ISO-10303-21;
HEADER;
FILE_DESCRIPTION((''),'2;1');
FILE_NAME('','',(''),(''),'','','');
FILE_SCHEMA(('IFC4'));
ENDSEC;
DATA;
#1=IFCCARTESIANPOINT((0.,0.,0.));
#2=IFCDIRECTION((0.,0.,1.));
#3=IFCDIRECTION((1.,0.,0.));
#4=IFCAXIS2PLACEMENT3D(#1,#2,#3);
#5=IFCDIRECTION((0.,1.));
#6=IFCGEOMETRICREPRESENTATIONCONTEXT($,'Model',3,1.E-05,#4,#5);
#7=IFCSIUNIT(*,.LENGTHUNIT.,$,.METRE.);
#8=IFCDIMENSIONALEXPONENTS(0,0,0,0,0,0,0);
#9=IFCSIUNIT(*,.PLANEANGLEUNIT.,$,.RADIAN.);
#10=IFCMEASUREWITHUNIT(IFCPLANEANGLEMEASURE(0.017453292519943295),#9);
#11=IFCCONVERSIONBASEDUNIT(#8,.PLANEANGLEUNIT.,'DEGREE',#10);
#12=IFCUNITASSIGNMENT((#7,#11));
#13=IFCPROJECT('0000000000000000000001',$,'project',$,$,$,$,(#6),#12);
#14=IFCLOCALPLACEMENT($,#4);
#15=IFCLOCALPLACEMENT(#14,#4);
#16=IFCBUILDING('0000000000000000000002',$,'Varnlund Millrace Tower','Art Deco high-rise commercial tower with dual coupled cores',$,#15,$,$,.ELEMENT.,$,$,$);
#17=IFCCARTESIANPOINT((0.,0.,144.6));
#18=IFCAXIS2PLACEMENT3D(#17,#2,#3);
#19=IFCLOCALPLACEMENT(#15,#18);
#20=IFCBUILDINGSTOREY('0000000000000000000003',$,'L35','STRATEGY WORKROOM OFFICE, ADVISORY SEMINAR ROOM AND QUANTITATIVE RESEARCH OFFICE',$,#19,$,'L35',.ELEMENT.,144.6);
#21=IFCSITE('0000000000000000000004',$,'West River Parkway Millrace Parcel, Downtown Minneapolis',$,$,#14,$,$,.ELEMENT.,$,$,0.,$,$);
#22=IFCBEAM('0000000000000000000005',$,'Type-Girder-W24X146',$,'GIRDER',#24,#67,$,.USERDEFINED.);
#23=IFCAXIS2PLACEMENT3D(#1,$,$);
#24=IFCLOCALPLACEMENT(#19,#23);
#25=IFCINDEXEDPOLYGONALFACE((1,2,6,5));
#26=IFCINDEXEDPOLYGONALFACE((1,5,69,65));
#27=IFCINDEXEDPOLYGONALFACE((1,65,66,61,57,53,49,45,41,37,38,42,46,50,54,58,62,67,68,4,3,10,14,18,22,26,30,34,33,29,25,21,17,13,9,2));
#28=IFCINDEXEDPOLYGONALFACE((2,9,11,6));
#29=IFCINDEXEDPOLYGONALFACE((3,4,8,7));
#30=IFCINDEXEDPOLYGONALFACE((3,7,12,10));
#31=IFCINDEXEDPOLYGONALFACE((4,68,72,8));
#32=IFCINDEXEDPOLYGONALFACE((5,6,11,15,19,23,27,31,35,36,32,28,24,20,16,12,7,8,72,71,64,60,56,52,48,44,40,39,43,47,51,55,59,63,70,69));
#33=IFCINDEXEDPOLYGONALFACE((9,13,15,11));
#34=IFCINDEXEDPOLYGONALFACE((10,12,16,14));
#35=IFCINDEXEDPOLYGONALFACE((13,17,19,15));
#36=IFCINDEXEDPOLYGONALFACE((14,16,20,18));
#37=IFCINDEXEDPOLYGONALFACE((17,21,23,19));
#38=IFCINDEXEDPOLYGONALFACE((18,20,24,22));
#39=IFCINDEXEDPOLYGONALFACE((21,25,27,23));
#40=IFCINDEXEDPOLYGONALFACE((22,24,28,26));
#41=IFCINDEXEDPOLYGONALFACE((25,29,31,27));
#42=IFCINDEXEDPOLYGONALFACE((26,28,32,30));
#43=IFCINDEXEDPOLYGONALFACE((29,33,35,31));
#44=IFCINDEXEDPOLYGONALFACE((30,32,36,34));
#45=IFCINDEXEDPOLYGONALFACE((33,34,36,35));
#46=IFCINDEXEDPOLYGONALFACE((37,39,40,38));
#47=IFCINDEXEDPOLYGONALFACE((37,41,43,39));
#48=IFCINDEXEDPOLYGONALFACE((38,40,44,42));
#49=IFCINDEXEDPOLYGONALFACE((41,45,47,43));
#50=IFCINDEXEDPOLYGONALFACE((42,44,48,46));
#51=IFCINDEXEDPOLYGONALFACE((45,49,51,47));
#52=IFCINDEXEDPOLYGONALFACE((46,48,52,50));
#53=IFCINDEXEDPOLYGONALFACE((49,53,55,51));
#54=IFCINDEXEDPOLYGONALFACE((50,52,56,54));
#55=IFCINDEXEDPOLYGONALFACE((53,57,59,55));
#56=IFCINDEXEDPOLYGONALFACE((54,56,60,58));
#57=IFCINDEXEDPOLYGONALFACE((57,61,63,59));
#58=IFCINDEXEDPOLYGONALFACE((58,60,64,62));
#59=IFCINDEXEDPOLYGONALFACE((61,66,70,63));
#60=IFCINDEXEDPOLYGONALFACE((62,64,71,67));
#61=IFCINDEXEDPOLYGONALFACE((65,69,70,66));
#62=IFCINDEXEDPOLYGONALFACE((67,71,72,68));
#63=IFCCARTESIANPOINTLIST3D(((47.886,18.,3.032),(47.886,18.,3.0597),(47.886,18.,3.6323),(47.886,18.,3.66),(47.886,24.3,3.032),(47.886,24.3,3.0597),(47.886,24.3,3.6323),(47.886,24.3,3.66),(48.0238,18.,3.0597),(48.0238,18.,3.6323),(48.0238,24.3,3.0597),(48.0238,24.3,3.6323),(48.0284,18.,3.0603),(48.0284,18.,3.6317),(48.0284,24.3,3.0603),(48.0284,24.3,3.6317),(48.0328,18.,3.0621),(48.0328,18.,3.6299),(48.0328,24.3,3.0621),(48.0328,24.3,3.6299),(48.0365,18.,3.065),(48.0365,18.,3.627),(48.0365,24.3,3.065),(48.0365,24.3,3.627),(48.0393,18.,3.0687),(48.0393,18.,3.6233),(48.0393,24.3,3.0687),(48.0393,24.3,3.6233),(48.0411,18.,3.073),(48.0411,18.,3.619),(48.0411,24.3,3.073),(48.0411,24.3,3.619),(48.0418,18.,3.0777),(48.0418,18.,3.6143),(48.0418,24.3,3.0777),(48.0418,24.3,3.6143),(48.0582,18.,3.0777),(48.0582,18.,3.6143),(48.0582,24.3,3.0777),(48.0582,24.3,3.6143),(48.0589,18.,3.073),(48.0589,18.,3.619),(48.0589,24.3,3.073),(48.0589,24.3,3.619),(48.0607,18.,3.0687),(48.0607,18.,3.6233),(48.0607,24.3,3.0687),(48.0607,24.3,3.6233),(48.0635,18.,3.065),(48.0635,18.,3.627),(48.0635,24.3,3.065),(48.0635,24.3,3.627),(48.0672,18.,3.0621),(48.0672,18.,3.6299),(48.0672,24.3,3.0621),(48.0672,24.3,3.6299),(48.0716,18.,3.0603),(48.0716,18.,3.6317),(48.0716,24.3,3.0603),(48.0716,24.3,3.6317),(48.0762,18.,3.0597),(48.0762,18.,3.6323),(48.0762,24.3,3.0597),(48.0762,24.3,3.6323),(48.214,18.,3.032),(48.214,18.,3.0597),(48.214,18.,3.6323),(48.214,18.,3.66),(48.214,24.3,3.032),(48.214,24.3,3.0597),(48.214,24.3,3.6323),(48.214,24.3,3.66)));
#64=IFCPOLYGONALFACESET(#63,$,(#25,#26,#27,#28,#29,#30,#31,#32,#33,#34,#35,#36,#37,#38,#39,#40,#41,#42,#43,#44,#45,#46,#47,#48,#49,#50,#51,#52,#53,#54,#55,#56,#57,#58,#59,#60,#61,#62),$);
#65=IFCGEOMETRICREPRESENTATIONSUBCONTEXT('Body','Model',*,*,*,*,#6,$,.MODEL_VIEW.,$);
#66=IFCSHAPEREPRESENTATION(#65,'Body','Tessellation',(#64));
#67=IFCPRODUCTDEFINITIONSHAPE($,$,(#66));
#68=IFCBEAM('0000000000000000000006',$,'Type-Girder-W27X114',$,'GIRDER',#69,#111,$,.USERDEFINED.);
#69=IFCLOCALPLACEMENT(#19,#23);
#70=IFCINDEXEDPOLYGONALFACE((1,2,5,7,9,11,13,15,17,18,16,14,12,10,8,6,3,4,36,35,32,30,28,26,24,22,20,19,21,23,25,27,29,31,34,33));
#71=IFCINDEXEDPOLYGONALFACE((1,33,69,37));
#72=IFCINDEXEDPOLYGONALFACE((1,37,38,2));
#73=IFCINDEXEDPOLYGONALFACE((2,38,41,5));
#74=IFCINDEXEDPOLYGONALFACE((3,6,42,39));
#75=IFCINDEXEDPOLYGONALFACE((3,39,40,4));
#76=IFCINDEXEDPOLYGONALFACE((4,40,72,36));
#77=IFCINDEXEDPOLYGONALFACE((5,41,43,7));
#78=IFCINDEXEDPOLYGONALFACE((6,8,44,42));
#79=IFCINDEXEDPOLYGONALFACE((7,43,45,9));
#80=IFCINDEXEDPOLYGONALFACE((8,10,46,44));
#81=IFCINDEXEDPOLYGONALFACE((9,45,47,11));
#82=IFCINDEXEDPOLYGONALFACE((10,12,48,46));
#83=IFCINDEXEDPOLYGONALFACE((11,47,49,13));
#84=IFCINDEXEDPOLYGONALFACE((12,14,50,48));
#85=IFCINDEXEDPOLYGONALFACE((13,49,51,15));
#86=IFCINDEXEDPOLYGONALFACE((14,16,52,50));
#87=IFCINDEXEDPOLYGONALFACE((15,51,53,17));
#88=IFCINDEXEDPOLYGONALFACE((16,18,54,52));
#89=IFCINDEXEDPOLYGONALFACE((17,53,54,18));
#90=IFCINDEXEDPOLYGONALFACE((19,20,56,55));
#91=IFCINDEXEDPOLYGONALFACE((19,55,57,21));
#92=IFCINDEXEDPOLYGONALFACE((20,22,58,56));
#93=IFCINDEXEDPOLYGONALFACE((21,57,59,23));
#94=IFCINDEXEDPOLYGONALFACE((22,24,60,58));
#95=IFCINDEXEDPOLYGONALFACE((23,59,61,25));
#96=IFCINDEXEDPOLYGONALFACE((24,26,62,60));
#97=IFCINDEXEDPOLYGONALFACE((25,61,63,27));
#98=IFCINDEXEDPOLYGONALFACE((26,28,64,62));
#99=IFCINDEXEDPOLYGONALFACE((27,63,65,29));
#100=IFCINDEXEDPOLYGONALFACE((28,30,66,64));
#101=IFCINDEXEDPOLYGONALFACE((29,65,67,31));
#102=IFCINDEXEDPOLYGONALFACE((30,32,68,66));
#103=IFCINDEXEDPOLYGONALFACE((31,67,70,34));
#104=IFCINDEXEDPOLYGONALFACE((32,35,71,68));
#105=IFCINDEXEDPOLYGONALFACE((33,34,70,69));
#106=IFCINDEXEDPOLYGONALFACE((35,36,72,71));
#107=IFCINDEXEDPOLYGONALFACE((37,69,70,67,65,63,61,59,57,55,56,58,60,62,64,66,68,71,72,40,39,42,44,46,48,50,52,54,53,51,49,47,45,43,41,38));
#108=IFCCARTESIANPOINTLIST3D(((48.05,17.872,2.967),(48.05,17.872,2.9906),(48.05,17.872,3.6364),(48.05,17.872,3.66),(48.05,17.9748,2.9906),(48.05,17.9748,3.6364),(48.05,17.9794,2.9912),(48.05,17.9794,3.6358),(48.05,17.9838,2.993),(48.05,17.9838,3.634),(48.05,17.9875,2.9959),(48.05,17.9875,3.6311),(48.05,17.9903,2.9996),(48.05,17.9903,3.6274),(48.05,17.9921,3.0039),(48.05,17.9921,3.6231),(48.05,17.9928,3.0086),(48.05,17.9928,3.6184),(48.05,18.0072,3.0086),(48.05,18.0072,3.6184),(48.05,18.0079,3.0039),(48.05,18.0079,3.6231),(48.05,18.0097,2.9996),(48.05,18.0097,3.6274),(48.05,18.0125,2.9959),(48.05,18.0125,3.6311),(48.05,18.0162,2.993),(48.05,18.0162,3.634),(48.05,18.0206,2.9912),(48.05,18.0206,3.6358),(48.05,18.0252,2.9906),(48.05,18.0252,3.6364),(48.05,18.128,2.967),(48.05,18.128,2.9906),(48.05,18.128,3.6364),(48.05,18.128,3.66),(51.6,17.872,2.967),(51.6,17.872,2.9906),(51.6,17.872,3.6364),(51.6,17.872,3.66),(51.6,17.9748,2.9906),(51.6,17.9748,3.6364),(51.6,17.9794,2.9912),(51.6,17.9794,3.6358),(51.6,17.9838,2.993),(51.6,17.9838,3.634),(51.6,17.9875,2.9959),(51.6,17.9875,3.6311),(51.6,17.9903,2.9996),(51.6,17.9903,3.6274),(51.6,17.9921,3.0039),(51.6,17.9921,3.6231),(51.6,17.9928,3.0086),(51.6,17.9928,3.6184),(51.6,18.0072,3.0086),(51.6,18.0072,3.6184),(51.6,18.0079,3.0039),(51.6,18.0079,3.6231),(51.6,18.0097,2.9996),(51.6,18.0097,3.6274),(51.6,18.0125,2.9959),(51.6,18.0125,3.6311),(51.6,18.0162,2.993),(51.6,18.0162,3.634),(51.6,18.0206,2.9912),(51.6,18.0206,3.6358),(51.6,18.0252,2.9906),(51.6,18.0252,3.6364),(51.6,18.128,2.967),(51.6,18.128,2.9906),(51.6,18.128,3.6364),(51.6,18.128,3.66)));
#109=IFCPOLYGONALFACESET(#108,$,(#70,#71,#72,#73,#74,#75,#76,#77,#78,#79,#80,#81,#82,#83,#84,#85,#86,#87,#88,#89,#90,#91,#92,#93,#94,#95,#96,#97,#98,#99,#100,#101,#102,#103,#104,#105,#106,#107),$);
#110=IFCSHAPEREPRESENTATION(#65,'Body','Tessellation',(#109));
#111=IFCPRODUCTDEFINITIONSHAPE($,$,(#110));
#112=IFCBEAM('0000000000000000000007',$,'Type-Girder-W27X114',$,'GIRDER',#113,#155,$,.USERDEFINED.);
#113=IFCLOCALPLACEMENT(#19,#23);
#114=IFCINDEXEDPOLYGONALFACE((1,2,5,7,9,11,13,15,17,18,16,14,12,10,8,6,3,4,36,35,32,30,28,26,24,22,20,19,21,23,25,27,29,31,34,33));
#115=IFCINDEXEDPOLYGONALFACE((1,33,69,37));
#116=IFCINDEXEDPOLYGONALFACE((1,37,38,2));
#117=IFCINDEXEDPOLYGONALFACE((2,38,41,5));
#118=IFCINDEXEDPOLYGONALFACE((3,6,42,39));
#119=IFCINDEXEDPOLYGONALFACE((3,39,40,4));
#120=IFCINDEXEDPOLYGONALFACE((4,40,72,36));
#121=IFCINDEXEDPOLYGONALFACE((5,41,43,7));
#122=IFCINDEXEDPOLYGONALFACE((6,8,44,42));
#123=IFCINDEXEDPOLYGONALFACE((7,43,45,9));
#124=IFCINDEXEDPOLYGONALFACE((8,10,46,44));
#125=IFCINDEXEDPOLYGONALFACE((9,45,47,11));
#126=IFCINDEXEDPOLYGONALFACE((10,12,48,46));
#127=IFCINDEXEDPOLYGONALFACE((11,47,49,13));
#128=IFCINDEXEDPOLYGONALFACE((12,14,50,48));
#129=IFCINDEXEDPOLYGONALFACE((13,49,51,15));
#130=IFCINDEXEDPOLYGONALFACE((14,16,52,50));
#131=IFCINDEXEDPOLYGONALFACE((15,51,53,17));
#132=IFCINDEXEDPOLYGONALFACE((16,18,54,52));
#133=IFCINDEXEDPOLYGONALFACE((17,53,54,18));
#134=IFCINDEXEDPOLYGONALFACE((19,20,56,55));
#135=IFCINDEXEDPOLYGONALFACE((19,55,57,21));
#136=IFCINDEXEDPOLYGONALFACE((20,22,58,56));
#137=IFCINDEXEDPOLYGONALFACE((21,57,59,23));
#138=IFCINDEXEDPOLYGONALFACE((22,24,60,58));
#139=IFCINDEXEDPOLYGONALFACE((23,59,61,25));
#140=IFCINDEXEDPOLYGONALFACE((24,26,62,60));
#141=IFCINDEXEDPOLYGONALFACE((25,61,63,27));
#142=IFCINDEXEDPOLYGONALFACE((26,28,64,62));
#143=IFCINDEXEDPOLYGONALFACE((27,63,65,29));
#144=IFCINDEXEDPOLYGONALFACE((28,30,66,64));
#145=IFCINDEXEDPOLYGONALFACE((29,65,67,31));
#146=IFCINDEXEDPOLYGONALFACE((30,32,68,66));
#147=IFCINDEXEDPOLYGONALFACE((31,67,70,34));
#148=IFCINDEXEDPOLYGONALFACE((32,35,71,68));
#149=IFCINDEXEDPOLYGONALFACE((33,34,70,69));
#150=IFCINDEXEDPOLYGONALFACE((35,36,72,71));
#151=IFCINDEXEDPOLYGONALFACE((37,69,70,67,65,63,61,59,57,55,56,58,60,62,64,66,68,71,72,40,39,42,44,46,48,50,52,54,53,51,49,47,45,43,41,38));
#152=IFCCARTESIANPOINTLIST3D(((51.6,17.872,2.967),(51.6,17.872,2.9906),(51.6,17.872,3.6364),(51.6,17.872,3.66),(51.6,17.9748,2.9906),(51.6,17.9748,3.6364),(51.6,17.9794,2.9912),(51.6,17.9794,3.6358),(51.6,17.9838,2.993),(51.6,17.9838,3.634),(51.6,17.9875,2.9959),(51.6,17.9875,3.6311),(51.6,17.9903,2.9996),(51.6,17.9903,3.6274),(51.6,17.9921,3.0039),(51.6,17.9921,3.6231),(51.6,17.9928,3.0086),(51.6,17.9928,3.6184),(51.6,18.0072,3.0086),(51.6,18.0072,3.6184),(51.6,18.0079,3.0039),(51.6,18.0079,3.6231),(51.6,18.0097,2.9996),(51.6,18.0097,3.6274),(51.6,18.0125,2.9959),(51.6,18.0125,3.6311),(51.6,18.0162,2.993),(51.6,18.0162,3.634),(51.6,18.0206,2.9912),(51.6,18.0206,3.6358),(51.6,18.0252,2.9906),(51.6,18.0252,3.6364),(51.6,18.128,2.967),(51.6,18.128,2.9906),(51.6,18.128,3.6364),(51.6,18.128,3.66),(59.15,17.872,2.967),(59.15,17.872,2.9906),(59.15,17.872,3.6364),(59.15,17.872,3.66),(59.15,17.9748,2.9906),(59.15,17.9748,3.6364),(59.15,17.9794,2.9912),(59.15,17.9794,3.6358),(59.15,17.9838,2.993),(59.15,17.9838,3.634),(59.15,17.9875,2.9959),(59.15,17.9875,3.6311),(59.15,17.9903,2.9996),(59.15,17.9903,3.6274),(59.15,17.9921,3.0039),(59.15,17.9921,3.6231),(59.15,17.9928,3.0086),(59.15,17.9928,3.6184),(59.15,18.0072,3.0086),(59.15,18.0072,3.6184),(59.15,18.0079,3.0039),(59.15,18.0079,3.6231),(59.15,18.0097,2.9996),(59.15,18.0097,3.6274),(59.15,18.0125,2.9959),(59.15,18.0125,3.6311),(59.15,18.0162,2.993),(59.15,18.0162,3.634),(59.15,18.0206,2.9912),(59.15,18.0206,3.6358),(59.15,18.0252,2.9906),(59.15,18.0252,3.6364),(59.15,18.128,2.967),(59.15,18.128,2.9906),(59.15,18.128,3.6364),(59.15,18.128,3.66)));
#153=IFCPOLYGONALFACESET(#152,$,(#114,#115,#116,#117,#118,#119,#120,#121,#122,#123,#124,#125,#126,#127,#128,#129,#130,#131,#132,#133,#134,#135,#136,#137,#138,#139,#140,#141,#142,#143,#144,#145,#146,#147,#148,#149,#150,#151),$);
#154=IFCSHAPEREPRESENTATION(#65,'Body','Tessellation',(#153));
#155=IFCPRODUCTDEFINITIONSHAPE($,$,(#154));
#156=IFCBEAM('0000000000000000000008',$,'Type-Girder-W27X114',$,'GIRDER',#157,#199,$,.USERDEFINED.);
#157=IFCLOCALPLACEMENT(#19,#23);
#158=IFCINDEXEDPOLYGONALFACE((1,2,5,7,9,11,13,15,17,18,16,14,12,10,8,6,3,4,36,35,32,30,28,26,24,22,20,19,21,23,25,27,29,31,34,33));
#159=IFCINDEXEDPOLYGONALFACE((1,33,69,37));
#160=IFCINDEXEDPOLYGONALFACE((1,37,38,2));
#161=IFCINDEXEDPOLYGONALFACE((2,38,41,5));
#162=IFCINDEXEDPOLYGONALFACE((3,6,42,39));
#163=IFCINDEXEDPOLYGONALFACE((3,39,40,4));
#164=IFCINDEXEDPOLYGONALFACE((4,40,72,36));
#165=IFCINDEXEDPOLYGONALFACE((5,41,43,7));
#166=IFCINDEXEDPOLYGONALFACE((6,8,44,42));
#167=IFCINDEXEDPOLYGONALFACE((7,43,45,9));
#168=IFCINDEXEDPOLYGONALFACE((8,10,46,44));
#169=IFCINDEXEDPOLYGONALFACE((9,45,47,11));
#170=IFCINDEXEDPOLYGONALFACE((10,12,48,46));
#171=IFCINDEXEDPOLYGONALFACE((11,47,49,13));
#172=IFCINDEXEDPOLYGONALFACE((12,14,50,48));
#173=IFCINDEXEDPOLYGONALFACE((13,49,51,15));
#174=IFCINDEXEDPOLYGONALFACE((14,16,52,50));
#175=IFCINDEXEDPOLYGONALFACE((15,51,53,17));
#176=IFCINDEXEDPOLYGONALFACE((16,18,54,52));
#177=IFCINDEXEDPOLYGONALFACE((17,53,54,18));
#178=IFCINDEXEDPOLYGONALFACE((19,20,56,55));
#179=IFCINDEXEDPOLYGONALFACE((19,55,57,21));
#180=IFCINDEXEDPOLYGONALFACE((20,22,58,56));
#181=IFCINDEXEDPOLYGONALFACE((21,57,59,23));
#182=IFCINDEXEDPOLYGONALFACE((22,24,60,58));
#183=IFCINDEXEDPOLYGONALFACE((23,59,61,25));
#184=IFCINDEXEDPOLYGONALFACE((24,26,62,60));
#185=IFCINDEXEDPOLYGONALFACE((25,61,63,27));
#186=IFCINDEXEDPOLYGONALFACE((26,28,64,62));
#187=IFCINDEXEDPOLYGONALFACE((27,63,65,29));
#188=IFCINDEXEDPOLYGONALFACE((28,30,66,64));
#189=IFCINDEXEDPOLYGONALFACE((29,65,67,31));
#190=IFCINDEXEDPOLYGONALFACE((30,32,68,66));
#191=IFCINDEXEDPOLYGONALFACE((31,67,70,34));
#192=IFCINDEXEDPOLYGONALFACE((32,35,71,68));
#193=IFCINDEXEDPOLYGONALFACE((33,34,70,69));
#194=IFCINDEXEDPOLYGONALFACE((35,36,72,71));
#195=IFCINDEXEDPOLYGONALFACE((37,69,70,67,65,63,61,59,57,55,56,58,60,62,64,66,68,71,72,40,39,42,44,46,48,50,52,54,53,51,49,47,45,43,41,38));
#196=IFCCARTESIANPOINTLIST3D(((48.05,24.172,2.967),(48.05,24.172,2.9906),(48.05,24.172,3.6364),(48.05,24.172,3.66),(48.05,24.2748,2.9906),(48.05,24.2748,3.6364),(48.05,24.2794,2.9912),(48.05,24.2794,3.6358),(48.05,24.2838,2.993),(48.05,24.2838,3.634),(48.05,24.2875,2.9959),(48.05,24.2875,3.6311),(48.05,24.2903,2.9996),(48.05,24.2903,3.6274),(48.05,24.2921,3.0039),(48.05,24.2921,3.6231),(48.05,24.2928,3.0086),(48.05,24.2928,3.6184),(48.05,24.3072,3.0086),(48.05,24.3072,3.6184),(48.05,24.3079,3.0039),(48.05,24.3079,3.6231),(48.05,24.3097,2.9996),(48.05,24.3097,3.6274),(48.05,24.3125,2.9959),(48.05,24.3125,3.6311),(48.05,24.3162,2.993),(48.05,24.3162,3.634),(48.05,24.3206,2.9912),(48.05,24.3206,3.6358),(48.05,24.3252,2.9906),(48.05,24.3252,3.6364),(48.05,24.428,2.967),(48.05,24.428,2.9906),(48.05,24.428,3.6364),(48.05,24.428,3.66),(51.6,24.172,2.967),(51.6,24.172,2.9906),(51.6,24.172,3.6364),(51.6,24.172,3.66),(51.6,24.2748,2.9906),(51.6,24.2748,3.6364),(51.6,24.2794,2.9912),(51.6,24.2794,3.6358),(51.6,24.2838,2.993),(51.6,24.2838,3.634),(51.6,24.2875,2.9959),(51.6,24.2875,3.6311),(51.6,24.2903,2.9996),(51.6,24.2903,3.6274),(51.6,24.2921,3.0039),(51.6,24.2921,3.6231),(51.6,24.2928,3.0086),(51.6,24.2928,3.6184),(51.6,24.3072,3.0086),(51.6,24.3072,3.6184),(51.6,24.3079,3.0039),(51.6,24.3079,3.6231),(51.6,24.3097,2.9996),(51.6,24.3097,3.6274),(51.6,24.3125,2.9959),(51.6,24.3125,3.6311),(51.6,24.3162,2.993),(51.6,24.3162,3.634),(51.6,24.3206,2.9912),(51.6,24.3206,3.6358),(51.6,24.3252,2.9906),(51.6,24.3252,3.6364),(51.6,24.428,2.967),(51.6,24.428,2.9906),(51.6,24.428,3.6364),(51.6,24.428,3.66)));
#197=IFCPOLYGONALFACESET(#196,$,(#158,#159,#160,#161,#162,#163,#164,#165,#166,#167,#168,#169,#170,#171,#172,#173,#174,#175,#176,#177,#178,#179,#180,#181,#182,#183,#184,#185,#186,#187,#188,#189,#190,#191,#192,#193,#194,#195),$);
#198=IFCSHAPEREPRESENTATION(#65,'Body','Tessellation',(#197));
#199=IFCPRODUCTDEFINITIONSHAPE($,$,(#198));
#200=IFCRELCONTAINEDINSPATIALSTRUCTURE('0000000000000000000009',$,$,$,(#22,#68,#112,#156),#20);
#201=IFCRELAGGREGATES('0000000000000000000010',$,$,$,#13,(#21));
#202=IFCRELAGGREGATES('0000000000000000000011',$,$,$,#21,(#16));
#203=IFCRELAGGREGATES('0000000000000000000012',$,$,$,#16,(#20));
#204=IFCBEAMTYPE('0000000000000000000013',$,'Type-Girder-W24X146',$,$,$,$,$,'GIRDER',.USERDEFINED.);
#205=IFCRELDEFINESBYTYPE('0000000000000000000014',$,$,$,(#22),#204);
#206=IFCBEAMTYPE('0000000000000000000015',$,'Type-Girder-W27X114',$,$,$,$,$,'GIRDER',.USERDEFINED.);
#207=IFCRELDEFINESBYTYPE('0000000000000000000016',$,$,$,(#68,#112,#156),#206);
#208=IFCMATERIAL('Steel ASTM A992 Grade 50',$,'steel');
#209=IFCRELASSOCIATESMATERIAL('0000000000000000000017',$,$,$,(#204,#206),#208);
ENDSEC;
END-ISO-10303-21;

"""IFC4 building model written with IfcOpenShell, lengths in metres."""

from ifc_helpers import new_model, entity, si_unit, converted_unit, direction, frame, origin_with_axes, origin_2d_with_axis, place, context, subcontext, project, spatial, i_section, extrude, material, material_profile, profile_set, type_object, element, save


model = new_model("IFC4")

# Units and contexts
model_context = context("Model", 3, precision=1e-05, world=origin_with_axes(), true_north=direction((0.0, 1.0)))
body_context = subcontext(model_context, "Body", "Model", "MODEL_VIEW")
ifc_project = project(units=[si_unit("LENGTHUNIT", "METRE"), converted_unit("PLANEANGLEUNIT", "DEGREE", entity("IfcPlaneAngleMeasure", 0.017453292519943295), si_unit("PLANEANGLEUNIT", "RADIAN"), dimensions=[0, 0, 0, 0, 0, 0, 0])], contexts=[model_context])

# Site, building, storey
site_placement = place(None, origin_with_axes())
site = spatial("IfcSite", under=ifc_project, at=site_placement, Name="West River Parkway Millrace Parcel, Downtown Minneapolis", CompositionType="ELEMENT", RefElevation=0.0)
building_placement = place(site_placement, origin_with_axes())
building = spatial("IfcBuilding", under=site, at=building_placement, Name="Varnlund Millrace Tower", Description="Art Deco high-rise commercial tower with dual coupled cores", CompositionType="ELEMENT")
storey_placement = place(building_placement, frame((0.0, 0.0, 144.6), z_axis=(0.0, 0.0, 1.0), x_axis=(1.0, 0.0, 0.0)))
storey = spatial("IfcBuildingStorey", under=building, at=storey_placement, Name="L35", Description="STRATEGY WORKROOM OFFICE, ADVISORY SEMINAR ROOM AND QUANTITATIVE RESEARCH OFFICE", LongName="L35", CompositionType="ELEMENT", Elevation=144.6)

# Beams
ifc_material_1 = material(Name="Steel ASTM A992 Grade 50", Category="steel")
ifc_material_profile_1 = material_profile(ifc_material_1, i_section(OverallWidth=0.328, OverallDepth=0.628, WebThickness=0.0165, FlangeThickness=0.0277, FilletRadius=0.018, at=origin_2d_with_axis()), Name="Steel ASTM A992 Grade 50")
ifc_profile_set_1 = profile_set([ifc_material_profile_1], Name="Steel ASTM A992 Grade 50")
beam_type_1 = type_object("IfcBeamType", Name="Type-Girder-W24X146", ElementType="GIRDER", PredefinedType="USERDEFINED", material=ifc_profile_set_1)
beam_1_placement = place(storey_placement, frame((48.05, 18.0, 3.346), z_axis=(0.0, 1.0, 0.0), x_axis=(-1.0, 0.0, 0.0)))
element("IfcBeam", 1, at=beam_1_placement, inside=storey, type_object=beam_type_1, Name="Type-Girder-W24X146", ObjectType="GIRDER", PredefinedType="USERDEFINED", context=body_context, shape_type="SweptSolid", body=[
    extrude(i_section(OverallWidth=0.328, OverallDepth=0.628, WebThickness=0.0165, FlangeThickness=0.0277, FilletRadius=0.018, at=origin_2d_with_axis()), origin_with_axes(), (0.0, 0.0, 1.0), 6.3),
])
ifc_material_profile_2 = material_profile(ifc_material_1, i_section(OverallWidth=0.256, OverallDepth=0.693, WebThickness=0.0145, FlangeThickness=0.0236, FilletRadius=0.018, at=origin_2d_with_axis()), Name="Steel ASTM A992 Grade 50")
ifc_profile_set_2 = profile_set([ifc_material_profile_2], Name="Steel ASTM A992 Grade 50")
beam_type_2 = type_object("IfcBeamType", Name="Type-Girder-W27X114", ElementType="GIRDER", PredefinedType="USERDEFINED", material=ifc_profile_set_2)
beam_2_placement = place(storey_placement, frame((48.05, 18.0, 3.3135), z_axis=(1.0, 0.0, 0.0), x_axis=(0.0, 1.0, 0.0)))
element("IfcBeam", 2, at=beam_2_placement, inside=storey, type_object=beam_type_2, Name="Type-Girder-W27X114", ObjectType="GIRDER", PredefinedType="USERDEFINED", context=body_context, shape_type="SweptSolid", body=[
    extrude(i_section(OverallWidth=0.256, OverallDepth=0.693, WebThickness=0.0145, FlangeThickness=0.0236, FilletRadius=0.018, at=origin_2d_with_axis()), origin_with_axes(), (0.0, 0.0, 1.0), 3.55),
])
beam_3_placement = place(storey_placement, frame((51.6, 18.0, 3.3135), z_axis=(1.0, 0.0, 0.0), x_axis=(0.0, 1.0, 0.0)))
element("IfcBeam", 3, at=beam_3_placement, inside=storey, type_object=beam_type_2, Name="Type-Girder-W27X114", ObjectType="GIRDER", PredefinedType="USERDEFINED", context=body_context, shape_type="SweptSolid", body=[
    extrude(i_section(OverallWidth=0.256, OverallDepth=0.693, WebThickness=0.0145, FlangeThickness=0.0236, FilletRadius=0.018, at=origin_2d_with_axis()), origin_with_axes(), (0.0, 0.0, 1.0), 7.55),
])
beam_4_placement = place(storey_placement, frame((48.05, 24.3, 3.3135), z_axis=(1.0, 0.0, 0.0), x_axis=(0.0, 1.0, 0.0)))
element("IfcBeam", 4, at=beam_4_placement, inside=storey, type_object=beam_type_2, Name="Type-Girder-W27X114", ObjectType="GIRDER", PredefinedType="USERDEFINED", context=body_context, shape_type="SweptSolid", body=[
    extrude(i_section(OverallWidth=0.256, OverallDepth=0.693, WebThickness=0.0145, FlangeThickness=0.0236, FilletRadius=0.018, at=origin_2d_with_axis()), origin_with_axes(), (0.0, 0.0, 1.0), 3.55),
])

save(model, "model.ifc")
